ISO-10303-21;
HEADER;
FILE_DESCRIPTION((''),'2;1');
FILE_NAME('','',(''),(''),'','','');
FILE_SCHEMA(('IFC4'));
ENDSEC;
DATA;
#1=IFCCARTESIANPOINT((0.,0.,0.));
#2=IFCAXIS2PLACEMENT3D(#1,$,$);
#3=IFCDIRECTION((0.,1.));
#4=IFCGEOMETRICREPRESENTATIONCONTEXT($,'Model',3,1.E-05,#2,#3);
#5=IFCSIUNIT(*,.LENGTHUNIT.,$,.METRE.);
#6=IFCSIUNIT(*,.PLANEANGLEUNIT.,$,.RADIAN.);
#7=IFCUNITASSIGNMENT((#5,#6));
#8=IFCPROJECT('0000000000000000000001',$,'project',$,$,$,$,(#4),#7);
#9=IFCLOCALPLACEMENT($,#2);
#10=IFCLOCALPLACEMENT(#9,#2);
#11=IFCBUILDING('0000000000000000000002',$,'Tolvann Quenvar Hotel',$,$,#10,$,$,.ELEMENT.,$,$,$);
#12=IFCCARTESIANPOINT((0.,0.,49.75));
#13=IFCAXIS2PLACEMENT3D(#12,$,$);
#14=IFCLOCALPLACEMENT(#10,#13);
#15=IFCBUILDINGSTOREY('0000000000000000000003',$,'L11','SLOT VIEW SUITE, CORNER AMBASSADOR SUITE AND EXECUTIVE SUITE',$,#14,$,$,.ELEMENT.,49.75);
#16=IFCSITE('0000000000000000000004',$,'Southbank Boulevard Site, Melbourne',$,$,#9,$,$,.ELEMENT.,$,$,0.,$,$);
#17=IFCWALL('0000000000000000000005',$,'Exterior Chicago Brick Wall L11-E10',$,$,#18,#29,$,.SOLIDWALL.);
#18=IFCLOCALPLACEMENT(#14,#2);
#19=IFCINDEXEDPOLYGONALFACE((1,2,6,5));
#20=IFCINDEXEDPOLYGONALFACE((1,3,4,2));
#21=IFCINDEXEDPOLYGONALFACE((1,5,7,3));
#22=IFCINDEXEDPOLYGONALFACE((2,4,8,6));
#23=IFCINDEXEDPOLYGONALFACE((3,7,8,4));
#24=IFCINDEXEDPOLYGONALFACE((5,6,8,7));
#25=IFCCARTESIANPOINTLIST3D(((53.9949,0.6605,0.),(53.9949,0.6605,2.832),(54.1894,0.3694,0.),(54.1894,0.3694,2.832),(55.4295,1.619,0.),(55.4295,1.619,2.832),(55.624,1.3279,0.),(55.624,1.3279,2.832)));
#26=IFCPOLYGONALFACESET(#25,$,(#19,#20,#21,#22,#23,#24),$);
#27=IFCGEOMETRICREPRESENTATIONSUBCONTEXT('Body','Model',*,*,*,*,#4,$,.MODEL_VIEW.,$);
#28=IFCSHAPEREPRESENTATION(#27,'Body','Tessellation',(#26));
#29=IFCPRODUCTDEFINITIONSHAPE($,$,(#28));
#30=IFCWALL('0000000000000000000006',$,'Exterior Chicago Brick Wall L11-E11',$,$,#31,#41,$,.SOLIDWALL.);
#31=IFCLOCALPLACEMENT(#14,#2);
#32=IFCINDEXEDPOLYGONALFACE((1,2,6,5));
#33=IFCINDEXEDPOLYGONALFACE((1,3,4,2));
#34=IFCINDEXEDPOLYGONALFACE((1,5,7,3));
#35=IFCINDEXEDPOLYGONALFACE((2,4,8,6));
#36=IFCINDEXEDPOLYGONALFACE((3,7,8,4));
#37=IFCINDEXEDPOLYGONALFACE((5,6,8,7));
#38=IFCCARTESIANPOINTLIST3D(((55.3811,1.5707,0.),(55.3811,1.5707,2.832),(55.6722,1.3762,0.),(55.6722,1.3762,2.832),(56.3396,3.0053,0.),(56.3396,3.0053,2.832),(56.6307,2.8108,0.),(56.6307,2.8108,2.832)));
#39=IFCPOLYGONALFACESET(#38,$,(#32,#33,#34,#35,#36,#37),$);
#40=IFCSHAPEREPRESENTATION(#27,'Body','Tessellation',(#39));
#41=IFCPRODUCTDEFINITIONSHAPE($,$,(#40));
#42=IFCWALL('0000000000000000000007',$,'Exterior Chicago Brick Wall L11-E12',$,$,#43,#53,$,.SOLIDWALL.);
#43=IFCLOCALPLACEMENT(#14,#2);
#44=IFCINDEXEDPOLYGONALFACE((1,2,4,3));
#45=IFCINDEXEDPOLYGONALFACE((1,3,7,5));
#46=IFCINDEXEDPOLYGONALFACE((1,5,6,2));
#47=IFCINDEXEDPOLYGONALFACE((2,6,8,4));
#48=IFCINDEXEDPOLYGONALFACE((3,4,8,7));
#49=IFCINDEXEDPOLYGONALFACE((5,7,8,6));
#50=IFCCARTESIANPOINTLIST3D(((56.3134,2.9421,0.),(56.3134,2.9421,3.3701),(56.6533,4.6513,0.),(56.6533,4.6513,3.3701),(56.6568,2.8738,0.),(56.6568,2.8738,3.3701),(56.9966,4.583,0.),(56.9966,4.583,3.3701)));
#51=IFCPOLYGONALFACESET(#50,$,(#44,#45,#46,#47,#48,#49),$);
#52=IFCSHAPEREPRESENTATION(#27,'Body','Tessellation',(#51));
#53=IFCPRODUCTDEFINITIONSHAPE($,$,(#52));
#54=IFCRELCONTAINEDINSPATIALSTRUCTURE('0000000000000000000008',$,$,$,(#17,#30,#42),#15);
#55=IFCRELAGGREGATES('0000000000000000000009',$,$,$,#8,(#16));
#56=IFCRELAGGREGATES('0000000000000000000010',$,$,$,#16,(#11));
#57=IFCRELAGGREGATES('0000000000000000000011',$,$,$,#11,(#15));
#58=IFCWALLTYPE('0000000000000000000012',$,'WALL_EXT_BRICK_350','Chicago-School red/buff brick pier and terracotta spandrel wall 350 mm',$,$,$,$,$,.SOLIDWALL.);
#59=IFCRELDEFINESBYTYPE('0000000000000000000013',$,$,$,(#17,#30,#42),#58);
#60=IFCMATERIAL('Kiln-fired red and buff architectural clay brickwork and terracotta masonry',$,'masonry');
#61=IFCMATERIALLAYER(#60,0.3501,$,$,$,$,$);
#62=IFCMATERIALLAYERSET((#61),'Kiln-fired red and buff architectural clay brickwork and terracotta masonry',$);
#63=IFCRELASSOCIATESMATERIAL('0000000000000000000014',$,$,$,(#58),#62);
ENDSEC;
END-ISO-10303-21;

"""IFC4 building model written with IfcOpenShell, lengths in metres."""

from ifc_helpers import new_model, si_unit, direction, frame, frame_2d, origin, place, context, subcontext, project, spatial, rectangle, extrude, material, layer, layer_set, type_object, element, save


model = new_model("IFC4")

# Units and contexts
model_context = context("Model", 3, precision=1e-05, world=origin(), true_north=direction((0.0, 1.0)))
body_context = subcontext(model_context, "Body", "Model", "MODEL_VIEW")
ifc_project = project(units=[si_unit("LENGTHUNIT", "METRE"), si_unit("PLANEANGLEUNIT", "RADIAN")], contexts=[model_context])

# Site, building, storey
site_placement = place(None, origin())
site = spatial("IfcSite", under=ifc_project, at=site_placement, Name="Southbank Boulevard Site, Melbourne", CompositionType="ELEMENT", RefElevation=0.0)
building_placement = place(site_placement, origin())
building = spatial("IfcBuilding", under=site, at=building_placement, Name="Tolvann Quenvar Hotel", CompositionType="ELEMENT")
storey_placement = place(building_placement, frame((0.0, 0.0, 49.75)))
storey = spatial("IfcBuildingStorey", under=building, at=storey_placement, Name="L11", Description="SLOT VIEW SUITE, CORNER AMBASSADOR SUITE AND EXECUTIVE SUITE", CompositionType="ELEMENT", Elevation=49.75)

# Walls
ifc_material_1 = material(Name="Kiln-fired red and buff architectural clay brickwork and terracotta masonry", Category="masonry")
ifc_layer_1 = layer(ifc_material_1, 0.3501)
ifc_layer_set_1 = layer_set([ifc_layer_1], Name="Kiln-fired red and buff architectural clay brickwork and terracotta masonry")
wall_type_1 = type_object("IfcWallType", Name="WALL_EXT_BRICK_350", Description="Chicago-School red/buff brick pier and terracotta spandrel wall 350 mm", PredefinedType="SOLIDWALL", material=ifc_layer_set_1)
for number, where, z_axis, x_axis, name in (
    (1, (54.092, 0.5149, 0.0), (0.0, 0.0, 1.0), (0.831484, 0.555549, 0.0), "Exterior Chicago Brick Wall L11-E10"),
    (2, (55.5266, 1.4734, 0.0), (0.0, 0.0, 1.0), (0.555549, 0.831484, 0.0), "Exterior Chicago Brick Wall L11-E11"),
):
    element("IfcWall", number, at=place(storey_placement, frame(where, z_axis=z_axis, x_axis=x_axis)), inside=storey, type_object=wall_type_1, Name=name, PredefinedType="SOLIDWALL", context=body_context, shape_type="SweptSolid", body=[
        extrude(rectangle(XDim=1.7253, YDim=0.3501, at=frame_2d((0.8628, 0.0))), origin(), (0.0, 0.0, 1.0), 2.832),
    ])
wall_1_placement = place(storey_placement, frame((56.4851, 2.908, 0.0), z_axis=(0.0, 0.0, 1.0), x_axis=(0.195011, 0.980801, 0.0)))
element("IfcWall", 3, at=wall_1_placement, inside=storey, type_object=wall_type_1, Name="Exterior Chicago Brick Wall L11-E12", PredefinedType="SOLIDWALL", context=body_context, shape_type="SweptSolid", body=[
    extrude(rectangle(XDim=1.7427, YDim=0.3501, at=frame_2d((0.8713, 0.0))), origin(), (0.0, 0.0, 1.0), 3.3701),
])

save(model, "model.ifc")
